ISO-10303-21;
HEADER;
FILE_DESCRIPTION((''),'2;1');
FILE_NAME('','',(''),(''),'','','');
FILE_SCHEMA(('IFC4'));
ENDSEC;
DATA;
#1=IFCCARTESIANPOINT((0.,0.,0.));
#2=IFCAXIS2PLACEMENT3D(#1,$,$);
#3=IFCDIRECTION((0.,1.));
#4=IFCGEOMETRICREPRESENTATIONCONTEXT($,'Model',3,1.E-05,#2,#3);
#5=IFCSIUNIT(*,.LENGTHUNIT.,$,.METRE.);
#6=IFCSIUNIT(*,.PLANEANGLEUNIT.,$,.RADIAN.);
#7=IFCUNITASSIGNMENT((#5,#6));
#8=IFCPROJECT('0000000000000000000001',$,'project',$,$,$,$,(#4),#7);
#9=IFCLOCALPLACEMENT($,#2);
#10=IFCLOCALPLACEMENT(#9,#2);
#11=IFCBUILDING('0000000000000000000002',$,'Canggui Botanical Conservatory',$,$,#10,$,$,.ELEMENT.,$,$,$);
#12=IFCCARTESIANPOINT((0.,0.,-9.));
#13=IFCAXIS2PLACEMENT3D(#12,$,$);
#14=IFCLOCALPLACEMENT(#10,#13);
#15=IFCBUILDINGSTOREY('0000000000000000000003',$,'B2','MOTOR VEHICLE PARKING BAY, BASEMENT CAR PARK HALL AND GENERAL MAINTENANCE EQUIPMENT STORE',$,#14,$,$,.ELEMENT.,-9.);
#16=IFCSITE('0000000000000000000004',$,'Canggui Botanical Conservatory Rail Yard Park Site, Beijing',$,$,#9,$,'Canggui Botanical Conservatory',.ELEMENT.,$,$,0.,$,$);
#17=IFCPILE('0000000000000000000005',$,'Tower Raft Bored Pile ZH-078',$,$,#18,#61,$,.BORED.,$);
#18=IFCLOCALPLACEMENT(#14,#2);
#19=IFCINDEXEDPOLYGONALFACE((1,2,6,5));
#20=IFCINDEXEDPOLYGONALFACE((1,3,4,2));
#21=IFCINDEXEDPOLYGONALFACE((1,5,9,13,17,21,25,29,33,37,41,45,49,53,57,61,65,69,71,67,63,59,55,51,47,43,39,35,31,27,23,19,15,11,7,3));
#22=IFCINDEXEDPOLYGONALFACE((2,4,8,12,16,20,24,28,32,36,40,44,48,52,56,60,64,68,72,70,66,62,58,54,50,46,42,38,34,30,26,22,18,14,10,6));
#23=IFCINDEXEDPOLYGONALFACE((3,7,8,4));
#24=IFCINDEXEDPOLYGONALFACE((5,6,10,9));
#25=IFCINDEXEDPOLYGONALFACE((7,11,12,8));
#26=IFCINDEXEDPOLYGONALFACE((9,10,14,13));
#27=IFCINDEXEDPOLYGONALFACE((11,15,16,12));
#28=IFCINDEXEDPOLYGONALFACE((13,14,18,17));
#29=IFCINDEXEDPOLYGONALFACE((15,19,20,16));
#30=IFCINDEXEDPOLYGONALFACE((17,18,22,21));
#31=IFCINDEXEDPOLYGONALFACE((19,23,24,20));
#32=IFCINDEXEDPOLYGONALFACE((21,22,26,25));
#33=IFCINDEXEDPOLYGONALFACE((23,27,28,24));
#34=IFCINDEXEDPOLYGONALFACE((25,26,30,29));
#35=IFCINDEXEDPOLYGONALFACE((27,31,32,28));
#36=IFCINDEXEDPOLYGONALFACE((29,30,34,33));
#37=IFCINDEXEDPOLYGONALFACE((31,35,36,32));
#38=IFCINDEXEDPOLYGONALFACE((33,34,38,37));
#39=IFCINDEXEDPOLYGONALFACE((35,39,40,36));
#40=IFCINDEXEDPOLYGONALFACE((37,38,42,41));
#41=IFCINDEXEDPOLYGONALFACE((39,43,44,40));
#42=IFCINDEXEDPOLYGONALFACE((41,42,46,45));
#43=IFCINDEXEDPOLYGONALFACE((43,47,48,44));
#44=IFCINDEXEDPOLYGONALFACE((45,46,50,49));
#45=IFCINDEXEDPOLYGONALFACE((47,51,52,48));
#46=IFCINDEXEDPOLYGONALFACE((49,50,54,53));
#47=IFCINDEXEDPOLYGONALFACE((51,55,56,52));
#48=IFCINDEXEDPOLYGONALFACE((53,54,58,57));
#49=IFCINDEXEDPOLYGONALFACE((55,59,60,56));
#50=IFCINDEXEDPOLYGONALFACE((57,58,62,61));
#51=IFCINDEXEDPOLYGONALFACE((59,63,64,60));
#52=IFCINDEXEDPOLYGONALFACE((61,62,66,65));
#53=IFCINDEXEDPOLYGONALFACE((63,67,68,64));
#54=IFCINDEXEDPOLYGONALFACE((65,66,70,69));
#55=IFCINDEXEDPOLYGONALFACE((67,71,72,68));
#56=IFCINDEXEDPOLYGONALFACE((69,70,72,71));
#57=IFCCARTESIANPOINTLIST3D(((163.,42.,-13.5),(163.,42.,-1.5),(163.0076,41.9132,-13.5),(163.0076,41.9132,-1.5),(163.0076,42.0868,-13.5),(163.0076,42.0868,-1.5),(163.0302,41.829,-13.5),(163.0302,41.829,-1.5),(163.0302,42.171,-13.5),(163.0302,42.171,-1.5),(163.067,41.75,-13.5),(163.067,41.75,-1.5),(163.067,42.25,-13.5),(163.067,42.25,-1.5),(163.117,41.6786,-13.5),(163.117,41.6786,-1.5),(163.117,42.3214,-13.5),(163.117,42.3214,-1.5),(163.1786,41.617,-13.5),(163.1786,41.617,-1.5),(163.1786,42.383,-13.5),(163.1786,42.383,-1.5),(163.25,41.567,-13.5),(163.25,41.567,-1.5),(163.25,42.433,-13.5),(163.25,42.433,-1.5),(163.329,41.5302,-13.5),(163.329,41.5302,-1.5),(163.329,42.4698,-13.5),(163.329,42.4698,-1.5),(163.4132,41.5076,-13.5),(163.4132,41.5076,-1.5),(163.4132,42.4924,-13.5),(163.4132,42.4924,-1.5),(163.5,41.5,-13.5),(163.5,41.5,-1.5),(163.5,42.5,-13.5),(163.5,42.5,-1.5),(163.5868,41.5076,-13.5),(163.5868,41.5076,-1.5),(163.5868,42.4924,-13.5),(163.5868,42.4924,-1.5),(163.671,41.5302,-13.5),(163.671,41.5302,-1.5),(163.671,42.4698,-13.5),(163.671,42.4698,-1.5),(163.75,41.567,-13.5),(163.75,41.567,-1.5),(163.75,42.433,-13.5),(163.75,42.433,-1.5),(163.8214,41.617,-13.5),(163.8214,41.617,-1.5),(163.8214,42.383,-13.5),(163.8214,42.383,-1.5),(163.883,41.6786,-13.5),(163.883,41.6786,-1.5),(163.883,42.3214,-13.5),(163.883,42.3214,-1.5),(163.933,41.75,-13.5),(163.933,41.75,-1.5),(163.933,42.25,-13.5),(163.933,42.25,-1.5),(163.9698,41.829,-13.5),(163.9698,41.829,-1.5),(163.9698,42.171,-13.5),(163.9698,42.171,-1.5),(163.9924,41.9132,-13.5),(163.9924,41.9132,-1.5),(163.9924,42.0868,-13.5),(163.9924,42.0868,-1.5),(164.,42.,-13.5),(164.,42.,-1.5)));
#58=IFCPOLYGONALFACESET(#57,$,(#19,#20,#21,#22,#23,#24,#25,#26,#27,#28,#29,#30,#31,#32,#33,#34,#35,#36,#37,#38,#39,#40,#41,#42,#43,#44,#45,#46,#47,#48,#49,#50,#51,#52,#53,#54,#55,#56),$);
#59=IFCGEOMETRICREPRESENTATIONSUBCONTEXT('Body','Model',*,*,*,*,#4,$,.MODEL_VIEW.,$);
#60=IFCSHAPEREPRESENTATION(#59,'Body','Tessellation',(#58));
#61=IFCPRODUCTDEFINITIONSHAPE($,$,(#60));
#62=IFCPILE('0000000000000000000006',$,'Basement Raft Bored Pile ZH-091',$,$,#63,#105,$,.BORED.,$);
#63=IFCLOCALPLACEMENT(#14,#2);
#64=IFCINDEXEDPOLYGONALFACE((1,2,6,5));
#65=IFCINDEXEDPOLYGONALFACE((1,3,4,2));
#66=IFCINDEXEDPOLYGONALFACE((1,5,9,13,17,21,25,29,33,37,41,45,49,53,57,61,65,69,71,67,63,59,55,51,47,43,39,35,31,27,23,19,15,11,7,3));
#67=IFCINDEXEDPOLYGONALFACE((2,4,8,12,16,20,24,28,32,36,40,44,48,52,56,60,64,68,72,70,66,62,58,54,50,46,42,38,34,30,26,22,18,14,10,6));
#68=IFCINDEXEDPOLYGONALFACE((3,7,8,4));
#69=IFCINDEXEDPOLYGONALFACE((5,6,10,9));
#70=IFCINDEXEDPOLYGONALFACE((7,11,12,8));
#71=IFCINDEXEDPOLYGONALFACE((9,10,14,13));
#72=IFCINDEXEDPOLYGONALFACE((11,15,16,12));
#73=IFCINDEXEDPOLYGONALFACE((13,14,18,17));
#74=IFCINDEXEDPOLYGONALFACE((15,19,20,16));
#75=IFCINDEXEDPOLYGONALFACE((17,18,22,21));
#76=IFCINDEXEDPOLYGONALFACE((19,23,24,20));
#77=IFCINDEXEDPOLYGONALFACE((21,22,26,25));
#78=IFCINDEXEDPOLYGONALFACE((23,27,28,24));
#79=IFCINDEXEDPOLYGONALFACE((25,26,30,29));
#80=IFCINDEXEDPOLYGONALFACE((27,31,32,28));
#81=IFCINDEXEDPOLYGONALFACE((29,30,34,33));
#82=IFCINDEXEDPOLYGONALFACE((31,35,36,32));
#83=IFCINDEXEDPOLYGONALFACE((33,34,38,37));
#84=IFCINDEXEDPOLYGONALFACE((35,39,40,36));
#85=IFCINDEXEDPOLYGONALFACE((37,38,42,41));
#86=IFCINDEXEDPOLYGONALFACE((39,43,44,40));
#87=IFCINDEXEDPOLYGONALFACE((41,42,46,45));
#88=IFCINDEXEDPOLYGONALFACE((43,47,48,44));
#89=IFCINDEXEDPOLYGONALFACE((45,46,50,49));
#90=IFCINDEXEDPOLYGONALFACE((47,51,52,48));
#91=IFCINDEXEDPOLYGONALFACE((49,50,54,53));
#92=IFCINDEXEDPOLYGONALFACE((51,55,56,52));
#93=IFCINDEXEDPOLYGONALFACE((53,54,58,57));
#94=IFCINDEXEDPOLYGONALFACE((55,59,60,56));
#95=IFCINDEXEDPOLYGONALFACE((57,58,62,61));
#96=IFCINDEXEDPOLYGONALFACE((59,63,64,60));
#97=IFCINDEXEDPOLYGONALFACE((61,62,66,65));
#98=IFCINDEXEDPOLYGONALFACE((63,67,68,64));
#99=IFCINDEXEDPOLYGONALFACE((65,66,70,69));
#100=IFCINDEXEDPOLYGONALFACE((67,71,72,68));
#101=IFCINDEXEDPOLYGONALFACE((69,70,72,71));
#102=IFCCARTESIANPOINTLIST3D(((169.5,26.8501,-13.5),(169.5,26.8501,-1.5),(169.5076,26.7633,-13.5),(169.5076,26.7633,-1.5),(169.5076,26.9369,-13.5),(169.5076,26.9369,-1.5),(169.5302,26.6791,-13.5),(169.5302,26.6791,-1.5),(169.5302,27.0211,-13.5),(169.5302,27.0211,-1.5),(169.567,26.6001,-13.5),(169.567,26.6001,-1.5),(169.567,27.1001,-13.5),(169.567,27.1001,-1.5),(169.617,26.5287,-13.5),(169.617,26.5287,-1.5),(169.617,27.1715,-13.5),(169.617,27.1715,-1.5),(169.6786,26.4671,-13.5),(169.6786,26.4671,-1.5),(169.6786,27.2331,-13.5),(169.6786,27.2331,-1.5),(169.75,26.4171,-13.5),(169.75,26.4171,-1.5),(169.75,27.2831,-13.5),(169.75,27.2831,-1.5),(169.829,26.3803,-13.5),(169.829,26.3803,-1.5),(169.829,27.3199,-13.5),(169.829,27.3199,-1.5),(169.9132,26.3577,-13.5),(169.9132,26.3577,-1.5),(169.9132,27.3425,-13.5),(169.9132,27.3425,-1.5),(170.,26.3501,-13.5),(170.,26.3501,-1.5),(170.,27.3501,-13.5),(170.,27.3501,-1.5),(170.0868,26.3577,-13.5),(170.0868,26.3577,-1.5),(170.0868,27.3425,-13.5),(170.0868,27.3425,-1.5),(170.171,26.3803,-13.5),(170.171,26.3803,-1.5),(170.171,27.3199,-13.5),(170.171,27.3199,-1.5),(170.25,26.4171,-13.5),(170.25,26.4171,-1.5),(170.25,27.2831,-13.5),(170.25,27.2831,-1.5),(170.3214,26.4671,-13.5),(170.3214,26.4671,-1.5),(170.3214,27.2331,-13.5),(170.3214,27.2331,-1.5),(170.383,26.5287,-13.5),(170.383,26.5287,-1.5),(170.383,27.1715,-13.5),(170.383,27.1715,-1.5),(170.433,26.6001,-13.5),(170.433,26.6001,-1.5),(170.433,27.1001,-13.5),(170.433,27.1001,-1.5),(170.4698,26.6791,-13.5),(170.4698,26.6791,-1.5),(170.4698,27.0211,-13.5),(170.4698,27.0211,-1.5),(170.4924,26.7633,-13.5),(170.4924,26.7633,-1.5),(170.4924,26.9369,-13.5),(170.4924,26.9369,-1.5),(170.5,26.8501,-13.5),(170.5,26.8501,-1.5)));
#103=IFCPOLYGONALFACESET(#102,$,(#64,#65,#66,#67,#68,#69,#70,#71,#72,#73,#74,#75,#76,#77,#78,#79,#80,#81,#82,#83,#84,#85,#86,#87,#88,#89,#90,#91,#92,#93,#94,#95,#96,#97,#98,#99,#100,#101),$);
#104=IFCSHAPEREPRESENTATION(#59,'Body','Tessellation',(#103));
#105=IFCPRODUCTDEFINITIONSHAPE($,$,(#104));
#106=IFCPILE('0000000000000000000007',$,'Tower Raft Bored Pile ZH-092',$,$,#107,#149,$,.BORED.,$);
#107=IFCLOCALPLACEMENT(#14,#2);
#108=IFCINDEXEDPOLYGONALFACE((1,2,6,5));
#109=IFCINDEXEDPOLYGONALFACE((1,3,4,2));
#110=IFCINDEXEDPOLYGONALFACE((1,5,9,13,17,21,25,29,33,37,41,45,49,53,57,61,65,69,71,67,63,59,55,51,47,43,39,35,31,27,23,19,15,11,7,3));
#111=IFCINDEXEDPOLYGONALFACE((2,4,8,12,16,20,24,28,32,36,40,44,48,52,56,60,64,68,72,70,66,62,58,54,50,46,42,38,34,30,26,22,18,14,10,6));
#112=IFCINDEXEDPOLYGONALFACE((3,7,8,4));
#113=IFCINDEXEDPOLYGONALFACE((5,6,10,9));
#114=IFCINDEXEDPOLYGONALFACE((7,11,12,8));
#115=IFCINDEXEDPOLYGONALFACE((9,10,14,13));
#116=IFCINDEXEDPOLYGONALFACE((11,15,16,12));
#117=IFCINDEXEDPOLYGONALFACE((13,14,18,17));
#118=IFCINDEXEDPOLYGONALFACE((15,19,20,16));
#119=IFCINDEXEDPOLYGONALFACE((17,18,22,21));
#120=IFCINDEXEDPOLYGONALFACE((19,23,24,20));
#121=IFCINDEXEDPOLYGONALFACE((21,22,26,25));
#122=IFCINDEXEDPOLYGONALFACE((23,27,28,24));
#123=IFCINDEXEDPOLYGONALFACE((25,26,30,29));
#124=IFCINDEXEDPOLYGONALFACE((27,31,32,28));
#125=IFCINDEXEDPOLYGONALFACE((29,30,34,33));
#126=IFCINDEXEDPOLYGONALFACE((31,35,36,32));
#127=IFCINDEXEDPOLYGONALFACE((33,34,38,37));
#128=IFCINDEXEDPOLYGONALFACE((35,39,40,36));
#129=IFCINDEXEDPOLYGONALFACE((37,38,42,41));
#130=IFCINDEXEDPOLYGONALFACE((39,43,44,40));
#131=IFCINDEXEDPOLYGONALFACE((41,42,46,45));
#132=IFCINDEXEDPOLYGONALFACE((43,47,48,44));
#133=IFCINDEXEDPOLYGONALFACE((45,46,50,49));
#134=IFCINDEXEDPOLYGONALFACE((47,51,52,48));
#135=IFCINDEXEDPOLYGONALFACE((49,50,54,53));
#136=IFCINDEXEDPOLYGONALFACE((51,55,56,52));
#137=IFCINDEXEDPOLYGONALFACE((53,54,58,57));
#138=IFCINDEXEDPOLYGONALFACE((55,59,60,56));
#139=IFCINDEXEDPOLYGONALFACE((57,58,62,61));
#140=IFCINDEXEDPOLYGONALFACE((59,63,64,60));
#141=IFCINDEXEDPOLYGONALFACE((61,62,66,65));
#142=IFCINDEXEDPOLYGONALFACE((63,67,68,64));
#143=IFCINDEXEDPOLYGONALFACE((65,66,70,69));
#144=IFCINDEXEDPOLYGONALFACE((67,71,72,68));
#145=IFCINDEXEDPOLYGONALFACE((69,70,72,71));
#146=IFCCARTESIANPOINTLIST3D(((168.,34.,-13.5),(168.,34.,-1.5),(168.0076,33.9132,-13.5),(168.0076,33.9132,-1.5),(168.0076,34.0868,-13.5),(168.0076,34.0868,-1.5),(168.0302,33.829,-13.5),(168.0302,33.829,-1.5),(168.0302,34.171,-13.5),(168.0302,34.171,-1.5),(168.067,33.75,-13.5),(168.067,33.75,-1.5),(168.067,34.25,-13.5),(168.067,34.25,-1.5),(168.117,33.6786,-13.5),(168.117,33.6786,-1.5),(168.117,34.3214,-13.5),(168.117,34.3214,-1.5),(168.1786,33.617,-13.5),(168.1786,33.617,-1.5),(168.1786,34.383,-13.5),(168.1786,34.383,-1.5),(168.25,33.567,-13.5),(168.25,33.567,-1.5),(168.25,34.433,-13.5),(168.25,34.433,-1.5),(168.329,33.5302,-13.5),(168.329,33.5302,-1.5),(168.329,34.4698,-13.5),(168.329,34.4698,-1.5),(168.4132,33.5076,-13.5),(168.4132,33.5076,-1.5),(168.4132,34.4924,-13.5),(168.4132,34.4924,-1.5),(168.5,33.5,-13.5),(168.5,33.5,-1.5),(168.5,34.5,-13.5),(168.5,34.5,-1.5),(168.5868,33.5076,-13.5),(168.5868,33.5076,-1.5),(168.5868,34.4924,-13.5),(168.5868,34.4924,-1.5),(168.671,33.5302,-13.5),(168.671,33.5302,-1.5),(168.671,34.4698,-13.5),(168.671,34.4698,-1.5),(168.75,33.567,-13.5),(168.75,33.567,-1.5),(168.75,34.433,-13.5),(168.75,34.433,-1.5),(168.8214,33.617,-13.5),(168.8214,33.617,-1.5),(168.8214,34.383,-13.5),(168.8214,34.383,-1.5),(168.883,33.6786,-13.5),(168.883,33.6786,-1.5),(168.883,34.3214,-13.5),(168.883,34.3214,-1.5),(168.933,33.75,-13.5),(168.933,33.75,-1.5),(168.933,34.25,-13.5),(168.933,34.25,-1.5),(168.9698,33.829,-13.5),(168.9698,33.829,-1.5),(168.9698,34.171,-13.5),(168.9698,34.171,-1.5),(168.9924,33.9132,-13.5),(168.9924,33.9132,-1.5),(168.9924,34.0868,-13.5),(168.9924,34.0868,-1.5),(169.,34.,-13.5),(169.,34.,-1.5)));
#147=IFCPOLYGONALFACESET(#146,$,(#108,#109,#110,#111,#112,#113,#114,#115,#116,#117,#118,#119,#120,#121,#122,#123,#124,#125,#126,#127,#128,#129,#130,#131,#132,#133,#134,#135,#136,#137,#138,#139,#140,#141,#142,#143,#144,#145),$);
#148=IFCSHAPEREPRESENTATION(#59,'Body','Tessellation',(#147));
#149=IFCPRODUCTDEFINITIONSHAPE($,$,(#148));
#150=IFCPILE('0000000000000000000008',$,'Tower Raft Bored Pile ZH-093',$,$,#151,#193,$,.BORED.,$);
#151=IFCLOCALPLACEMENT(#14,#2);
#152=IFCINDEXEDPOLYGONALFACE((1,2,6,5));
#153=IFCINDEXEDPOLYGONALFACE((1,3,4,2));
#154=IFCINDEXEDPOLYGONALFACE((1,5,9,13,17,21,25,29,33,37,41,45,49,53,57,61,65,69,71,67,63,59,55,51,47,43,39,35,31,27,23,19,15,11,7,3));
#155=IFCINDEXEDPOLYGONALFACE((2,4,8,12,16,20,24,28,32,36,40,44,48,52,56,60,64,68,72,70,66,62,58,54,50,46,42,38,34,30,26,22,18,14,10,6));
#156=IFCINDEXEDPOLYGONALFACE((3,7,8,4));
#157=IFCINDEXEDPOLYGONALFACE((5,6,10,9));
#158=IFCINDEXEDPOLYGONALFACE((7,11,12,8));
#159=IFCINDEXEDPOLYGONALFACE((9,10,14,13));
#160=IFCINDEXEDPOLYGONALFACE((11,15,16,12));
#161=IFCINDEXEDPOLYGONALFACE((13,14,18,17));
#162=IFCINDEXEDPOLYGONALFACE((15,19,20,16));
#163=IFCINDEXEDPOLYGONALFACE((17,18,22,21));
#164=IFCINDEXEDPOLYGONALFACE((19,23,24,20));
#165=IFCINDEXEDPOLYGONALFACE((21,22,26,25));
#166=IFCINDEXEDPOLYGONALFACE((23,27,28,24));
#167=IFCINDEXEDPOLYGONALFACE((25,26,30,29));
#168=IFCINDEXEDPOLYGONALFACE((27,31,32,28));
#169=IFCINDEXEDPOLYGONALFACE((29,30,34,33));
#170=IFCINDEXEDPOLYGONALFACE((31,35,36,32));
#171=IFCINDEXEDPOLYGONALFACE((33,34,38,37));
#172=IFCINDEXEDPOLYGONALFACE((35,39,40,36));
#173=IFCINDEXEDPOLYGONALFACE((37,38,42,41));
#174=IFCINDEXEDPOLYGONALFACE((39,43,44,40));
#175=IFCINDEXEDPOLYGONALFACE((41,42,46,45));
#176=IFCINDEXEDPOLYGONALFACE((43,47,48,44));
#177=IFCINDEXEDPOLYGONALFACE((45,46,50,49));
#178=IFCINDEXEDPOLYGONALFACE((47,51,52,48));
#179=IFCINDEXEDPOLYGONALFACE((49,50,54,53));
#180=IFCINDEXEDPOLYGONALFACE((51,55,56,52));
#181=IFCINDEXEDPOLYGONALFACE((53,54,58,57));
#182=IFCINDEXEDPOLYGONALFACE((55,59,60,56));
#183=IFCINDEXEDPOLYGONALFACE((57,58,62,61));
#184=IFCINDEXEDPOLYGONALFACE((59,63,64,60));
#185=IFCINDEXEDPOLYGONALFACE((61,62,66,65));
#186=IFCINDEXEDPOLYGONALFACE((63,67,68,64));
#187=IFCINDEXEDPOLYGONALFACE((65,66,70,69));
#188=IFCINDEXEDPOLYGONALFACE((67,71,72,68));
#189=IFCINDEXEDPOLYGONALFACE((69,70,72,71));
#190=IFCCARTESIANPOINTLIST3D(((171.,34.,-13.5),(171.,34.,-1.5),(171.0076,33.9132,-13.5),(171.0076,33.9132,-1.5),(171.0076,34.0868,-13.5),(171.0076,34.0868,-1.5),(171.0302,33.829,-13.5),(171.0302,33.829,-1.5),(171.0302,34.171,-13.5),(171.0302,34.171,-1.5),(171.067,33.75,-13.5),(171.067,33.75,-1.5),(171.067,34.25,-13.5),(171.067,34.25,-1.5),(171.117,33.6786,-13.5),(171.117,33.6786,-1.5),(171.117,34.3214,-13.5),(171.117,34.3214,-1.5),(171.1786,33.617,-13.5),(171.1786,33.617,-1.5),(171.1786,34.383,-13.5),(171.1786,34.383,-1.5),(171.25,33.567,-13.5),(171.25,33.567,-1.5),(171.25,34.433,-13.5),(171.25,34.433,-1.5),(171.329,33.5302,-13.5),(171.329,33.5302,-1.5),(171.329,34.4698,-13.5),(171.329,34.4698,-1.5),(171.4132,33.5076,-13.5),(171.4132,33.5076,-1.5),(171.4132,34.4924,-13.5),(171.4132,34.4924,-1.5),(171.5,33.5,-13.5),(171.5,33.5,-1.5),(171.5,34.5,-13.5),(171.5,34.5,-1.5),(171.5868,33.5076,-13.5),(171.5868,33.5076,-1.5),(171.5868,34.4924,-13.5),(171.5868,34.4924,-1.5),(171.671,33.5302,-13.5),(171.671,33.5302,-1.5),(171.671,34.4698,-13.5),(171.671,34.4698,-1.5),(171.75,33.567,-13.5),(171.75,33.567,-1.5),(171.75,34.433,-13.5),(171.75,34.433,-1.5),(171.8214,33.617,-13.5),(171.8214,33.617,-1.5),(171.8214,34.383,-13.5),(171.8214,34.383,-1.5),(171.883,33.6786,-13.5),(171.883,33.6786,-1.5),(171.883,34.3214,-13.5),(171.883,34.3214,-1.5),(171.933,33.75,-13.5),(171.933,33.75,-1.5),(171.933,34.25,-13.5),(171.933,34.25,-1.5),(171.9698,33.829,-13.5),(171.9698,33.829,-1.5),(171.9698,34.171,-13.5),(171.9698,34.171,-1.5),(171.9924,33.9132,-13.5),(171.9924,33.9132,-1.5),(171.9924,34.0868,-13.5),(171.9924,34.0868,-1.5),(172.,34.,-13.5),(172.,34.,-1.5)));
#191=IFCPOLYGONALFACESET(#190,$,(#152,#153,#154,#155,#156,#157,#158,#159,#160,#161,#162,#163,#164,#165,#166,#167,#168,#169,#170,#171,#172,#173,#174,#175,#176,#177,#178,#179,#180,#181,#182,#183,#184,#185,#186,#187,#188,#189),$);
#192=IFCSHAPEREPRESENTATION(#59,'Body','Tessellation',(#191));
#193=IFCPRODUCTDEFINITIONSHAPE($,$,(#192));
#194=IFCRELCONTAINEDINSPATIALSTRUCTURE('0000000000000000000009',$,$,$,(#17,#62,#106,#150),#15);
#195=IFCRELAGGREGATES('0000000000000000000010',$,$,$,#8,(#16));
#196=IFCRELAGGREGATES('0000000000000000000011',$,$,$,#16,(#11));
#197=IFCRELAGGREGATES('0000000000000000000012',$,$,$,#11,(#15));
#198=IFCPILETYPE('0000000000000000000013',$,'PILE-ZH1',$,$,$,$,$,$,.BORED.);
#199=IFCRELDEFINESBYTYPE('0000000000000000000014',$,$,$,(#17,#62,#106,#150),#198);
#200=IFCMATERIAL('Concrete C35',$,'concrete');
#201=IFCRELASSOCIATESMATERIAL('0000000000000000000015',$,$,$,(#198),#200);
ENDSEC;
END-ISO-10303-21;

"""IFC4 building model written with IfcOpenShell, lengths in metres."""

from ifc_helpers import new_model, si_unit, direction, frame, origin, origin_2d, place, context, subcontext, project, spatial, circle, extrude, material, material_profile, profile_set, type_object, element, save


model = new_model("IFC4")

# Units and contexts
model_context = context("Model", 3, precision=1e-05, world=origin(), true_north=direction((0.0, 1.0)))
body_context = subcontext(model_context, "Body", "Model", "MODEL_VIEW")
ifc_project = project(units=[si_unit("LENGTHUNIT", "METRE"), si_unit("PLANEANGLEUNIT", "RADIAN")], contexts=[model_context])

# Site, building, storey
site_placement = place(None, origin())
site = spatial("IfcSite", under=ifc_project, at=site_placement, Name="Canggui Botanical Conservatory Rail Yard Park Site, Beijing", LongName="Canggui Botanical Conservatory", CompositionType="ELEMENT", RefElevation=0.0)
building_placement = place(site_placement, origin())
building = spatial("IfcBuilding", under=site, at=building_placement, Name="Canggui Botanical Conservatory", CompositionType="ELEMENT")
storey_placement = place(building_placement, frame((0.0, 0.0, -9.0)))
storey = spatial("IfcBuildingStorey", under=building, at=storey_placement, Name="B2", Description="MOTOR VEHICLE PARKING BAY, BASEMENT CAR PARK HALL AND GENERAL MAINTENANCE EQUIPMENT STORE", CompositionType="ELEMENT", Elevation=-9.0)

# Piles
ifc_material_1 = material(Name="Concrete C35", Category="concrete")
ifc_material_profile_1 = material_profile(ifc_material_1, circle(Radius=0.5, at=origin_2d()), Name="PILE D1000")
ifc_profile_set_1 = profile_set([ifc_material_profile_1], Name="Concrete C35")
pile_type = type_object("IfcPileType", Name="PILE-ZH1", PredefinedType="BORED", material=ifc_profile_set_1)
for number, where, z_axis, x_axis, name in (
    (1, (163.5, 42.0, -1.5), (0.0, 0.0, -1.0), (1.0, 0.0, 0.0), "Tower Raft Bored Pile ZH-078"),
    (2, (170.0, 26.8501, -1.5), (0.0, 0.0, -1.0), (1.0, 0.0, 0.0), "Basement Raft Bored Pile ZH-091"),
    (3, (168.5, 34.0, -1.5), (0.0, 0.0, -1.0), (1.0, 0.0, 0.0), "Tower Raft Bored Pile ZH-092"),
    (4, (171.5, 34.0, -1.5), (0.0, 0.0, -1.0), (1.0, 0.0, 0.0), "Tower Raft Bored Pile ZH-093"),
):
    element("IfcPile", number, at=place(storey_placement, frame(where, z_axis=z_axis, x_axis=x_axis)), inside=storey, type_object=pile_type, Name=name, PredefinedType="BORED", context=body_context, shape_type="SweptSolid", body=[
        extrude(circle(Radius=0.5, at=origin_2d()), origin(), (0.0, 0.0, 1.0), 12.0),
    ])

save(model, "model.ifc")
